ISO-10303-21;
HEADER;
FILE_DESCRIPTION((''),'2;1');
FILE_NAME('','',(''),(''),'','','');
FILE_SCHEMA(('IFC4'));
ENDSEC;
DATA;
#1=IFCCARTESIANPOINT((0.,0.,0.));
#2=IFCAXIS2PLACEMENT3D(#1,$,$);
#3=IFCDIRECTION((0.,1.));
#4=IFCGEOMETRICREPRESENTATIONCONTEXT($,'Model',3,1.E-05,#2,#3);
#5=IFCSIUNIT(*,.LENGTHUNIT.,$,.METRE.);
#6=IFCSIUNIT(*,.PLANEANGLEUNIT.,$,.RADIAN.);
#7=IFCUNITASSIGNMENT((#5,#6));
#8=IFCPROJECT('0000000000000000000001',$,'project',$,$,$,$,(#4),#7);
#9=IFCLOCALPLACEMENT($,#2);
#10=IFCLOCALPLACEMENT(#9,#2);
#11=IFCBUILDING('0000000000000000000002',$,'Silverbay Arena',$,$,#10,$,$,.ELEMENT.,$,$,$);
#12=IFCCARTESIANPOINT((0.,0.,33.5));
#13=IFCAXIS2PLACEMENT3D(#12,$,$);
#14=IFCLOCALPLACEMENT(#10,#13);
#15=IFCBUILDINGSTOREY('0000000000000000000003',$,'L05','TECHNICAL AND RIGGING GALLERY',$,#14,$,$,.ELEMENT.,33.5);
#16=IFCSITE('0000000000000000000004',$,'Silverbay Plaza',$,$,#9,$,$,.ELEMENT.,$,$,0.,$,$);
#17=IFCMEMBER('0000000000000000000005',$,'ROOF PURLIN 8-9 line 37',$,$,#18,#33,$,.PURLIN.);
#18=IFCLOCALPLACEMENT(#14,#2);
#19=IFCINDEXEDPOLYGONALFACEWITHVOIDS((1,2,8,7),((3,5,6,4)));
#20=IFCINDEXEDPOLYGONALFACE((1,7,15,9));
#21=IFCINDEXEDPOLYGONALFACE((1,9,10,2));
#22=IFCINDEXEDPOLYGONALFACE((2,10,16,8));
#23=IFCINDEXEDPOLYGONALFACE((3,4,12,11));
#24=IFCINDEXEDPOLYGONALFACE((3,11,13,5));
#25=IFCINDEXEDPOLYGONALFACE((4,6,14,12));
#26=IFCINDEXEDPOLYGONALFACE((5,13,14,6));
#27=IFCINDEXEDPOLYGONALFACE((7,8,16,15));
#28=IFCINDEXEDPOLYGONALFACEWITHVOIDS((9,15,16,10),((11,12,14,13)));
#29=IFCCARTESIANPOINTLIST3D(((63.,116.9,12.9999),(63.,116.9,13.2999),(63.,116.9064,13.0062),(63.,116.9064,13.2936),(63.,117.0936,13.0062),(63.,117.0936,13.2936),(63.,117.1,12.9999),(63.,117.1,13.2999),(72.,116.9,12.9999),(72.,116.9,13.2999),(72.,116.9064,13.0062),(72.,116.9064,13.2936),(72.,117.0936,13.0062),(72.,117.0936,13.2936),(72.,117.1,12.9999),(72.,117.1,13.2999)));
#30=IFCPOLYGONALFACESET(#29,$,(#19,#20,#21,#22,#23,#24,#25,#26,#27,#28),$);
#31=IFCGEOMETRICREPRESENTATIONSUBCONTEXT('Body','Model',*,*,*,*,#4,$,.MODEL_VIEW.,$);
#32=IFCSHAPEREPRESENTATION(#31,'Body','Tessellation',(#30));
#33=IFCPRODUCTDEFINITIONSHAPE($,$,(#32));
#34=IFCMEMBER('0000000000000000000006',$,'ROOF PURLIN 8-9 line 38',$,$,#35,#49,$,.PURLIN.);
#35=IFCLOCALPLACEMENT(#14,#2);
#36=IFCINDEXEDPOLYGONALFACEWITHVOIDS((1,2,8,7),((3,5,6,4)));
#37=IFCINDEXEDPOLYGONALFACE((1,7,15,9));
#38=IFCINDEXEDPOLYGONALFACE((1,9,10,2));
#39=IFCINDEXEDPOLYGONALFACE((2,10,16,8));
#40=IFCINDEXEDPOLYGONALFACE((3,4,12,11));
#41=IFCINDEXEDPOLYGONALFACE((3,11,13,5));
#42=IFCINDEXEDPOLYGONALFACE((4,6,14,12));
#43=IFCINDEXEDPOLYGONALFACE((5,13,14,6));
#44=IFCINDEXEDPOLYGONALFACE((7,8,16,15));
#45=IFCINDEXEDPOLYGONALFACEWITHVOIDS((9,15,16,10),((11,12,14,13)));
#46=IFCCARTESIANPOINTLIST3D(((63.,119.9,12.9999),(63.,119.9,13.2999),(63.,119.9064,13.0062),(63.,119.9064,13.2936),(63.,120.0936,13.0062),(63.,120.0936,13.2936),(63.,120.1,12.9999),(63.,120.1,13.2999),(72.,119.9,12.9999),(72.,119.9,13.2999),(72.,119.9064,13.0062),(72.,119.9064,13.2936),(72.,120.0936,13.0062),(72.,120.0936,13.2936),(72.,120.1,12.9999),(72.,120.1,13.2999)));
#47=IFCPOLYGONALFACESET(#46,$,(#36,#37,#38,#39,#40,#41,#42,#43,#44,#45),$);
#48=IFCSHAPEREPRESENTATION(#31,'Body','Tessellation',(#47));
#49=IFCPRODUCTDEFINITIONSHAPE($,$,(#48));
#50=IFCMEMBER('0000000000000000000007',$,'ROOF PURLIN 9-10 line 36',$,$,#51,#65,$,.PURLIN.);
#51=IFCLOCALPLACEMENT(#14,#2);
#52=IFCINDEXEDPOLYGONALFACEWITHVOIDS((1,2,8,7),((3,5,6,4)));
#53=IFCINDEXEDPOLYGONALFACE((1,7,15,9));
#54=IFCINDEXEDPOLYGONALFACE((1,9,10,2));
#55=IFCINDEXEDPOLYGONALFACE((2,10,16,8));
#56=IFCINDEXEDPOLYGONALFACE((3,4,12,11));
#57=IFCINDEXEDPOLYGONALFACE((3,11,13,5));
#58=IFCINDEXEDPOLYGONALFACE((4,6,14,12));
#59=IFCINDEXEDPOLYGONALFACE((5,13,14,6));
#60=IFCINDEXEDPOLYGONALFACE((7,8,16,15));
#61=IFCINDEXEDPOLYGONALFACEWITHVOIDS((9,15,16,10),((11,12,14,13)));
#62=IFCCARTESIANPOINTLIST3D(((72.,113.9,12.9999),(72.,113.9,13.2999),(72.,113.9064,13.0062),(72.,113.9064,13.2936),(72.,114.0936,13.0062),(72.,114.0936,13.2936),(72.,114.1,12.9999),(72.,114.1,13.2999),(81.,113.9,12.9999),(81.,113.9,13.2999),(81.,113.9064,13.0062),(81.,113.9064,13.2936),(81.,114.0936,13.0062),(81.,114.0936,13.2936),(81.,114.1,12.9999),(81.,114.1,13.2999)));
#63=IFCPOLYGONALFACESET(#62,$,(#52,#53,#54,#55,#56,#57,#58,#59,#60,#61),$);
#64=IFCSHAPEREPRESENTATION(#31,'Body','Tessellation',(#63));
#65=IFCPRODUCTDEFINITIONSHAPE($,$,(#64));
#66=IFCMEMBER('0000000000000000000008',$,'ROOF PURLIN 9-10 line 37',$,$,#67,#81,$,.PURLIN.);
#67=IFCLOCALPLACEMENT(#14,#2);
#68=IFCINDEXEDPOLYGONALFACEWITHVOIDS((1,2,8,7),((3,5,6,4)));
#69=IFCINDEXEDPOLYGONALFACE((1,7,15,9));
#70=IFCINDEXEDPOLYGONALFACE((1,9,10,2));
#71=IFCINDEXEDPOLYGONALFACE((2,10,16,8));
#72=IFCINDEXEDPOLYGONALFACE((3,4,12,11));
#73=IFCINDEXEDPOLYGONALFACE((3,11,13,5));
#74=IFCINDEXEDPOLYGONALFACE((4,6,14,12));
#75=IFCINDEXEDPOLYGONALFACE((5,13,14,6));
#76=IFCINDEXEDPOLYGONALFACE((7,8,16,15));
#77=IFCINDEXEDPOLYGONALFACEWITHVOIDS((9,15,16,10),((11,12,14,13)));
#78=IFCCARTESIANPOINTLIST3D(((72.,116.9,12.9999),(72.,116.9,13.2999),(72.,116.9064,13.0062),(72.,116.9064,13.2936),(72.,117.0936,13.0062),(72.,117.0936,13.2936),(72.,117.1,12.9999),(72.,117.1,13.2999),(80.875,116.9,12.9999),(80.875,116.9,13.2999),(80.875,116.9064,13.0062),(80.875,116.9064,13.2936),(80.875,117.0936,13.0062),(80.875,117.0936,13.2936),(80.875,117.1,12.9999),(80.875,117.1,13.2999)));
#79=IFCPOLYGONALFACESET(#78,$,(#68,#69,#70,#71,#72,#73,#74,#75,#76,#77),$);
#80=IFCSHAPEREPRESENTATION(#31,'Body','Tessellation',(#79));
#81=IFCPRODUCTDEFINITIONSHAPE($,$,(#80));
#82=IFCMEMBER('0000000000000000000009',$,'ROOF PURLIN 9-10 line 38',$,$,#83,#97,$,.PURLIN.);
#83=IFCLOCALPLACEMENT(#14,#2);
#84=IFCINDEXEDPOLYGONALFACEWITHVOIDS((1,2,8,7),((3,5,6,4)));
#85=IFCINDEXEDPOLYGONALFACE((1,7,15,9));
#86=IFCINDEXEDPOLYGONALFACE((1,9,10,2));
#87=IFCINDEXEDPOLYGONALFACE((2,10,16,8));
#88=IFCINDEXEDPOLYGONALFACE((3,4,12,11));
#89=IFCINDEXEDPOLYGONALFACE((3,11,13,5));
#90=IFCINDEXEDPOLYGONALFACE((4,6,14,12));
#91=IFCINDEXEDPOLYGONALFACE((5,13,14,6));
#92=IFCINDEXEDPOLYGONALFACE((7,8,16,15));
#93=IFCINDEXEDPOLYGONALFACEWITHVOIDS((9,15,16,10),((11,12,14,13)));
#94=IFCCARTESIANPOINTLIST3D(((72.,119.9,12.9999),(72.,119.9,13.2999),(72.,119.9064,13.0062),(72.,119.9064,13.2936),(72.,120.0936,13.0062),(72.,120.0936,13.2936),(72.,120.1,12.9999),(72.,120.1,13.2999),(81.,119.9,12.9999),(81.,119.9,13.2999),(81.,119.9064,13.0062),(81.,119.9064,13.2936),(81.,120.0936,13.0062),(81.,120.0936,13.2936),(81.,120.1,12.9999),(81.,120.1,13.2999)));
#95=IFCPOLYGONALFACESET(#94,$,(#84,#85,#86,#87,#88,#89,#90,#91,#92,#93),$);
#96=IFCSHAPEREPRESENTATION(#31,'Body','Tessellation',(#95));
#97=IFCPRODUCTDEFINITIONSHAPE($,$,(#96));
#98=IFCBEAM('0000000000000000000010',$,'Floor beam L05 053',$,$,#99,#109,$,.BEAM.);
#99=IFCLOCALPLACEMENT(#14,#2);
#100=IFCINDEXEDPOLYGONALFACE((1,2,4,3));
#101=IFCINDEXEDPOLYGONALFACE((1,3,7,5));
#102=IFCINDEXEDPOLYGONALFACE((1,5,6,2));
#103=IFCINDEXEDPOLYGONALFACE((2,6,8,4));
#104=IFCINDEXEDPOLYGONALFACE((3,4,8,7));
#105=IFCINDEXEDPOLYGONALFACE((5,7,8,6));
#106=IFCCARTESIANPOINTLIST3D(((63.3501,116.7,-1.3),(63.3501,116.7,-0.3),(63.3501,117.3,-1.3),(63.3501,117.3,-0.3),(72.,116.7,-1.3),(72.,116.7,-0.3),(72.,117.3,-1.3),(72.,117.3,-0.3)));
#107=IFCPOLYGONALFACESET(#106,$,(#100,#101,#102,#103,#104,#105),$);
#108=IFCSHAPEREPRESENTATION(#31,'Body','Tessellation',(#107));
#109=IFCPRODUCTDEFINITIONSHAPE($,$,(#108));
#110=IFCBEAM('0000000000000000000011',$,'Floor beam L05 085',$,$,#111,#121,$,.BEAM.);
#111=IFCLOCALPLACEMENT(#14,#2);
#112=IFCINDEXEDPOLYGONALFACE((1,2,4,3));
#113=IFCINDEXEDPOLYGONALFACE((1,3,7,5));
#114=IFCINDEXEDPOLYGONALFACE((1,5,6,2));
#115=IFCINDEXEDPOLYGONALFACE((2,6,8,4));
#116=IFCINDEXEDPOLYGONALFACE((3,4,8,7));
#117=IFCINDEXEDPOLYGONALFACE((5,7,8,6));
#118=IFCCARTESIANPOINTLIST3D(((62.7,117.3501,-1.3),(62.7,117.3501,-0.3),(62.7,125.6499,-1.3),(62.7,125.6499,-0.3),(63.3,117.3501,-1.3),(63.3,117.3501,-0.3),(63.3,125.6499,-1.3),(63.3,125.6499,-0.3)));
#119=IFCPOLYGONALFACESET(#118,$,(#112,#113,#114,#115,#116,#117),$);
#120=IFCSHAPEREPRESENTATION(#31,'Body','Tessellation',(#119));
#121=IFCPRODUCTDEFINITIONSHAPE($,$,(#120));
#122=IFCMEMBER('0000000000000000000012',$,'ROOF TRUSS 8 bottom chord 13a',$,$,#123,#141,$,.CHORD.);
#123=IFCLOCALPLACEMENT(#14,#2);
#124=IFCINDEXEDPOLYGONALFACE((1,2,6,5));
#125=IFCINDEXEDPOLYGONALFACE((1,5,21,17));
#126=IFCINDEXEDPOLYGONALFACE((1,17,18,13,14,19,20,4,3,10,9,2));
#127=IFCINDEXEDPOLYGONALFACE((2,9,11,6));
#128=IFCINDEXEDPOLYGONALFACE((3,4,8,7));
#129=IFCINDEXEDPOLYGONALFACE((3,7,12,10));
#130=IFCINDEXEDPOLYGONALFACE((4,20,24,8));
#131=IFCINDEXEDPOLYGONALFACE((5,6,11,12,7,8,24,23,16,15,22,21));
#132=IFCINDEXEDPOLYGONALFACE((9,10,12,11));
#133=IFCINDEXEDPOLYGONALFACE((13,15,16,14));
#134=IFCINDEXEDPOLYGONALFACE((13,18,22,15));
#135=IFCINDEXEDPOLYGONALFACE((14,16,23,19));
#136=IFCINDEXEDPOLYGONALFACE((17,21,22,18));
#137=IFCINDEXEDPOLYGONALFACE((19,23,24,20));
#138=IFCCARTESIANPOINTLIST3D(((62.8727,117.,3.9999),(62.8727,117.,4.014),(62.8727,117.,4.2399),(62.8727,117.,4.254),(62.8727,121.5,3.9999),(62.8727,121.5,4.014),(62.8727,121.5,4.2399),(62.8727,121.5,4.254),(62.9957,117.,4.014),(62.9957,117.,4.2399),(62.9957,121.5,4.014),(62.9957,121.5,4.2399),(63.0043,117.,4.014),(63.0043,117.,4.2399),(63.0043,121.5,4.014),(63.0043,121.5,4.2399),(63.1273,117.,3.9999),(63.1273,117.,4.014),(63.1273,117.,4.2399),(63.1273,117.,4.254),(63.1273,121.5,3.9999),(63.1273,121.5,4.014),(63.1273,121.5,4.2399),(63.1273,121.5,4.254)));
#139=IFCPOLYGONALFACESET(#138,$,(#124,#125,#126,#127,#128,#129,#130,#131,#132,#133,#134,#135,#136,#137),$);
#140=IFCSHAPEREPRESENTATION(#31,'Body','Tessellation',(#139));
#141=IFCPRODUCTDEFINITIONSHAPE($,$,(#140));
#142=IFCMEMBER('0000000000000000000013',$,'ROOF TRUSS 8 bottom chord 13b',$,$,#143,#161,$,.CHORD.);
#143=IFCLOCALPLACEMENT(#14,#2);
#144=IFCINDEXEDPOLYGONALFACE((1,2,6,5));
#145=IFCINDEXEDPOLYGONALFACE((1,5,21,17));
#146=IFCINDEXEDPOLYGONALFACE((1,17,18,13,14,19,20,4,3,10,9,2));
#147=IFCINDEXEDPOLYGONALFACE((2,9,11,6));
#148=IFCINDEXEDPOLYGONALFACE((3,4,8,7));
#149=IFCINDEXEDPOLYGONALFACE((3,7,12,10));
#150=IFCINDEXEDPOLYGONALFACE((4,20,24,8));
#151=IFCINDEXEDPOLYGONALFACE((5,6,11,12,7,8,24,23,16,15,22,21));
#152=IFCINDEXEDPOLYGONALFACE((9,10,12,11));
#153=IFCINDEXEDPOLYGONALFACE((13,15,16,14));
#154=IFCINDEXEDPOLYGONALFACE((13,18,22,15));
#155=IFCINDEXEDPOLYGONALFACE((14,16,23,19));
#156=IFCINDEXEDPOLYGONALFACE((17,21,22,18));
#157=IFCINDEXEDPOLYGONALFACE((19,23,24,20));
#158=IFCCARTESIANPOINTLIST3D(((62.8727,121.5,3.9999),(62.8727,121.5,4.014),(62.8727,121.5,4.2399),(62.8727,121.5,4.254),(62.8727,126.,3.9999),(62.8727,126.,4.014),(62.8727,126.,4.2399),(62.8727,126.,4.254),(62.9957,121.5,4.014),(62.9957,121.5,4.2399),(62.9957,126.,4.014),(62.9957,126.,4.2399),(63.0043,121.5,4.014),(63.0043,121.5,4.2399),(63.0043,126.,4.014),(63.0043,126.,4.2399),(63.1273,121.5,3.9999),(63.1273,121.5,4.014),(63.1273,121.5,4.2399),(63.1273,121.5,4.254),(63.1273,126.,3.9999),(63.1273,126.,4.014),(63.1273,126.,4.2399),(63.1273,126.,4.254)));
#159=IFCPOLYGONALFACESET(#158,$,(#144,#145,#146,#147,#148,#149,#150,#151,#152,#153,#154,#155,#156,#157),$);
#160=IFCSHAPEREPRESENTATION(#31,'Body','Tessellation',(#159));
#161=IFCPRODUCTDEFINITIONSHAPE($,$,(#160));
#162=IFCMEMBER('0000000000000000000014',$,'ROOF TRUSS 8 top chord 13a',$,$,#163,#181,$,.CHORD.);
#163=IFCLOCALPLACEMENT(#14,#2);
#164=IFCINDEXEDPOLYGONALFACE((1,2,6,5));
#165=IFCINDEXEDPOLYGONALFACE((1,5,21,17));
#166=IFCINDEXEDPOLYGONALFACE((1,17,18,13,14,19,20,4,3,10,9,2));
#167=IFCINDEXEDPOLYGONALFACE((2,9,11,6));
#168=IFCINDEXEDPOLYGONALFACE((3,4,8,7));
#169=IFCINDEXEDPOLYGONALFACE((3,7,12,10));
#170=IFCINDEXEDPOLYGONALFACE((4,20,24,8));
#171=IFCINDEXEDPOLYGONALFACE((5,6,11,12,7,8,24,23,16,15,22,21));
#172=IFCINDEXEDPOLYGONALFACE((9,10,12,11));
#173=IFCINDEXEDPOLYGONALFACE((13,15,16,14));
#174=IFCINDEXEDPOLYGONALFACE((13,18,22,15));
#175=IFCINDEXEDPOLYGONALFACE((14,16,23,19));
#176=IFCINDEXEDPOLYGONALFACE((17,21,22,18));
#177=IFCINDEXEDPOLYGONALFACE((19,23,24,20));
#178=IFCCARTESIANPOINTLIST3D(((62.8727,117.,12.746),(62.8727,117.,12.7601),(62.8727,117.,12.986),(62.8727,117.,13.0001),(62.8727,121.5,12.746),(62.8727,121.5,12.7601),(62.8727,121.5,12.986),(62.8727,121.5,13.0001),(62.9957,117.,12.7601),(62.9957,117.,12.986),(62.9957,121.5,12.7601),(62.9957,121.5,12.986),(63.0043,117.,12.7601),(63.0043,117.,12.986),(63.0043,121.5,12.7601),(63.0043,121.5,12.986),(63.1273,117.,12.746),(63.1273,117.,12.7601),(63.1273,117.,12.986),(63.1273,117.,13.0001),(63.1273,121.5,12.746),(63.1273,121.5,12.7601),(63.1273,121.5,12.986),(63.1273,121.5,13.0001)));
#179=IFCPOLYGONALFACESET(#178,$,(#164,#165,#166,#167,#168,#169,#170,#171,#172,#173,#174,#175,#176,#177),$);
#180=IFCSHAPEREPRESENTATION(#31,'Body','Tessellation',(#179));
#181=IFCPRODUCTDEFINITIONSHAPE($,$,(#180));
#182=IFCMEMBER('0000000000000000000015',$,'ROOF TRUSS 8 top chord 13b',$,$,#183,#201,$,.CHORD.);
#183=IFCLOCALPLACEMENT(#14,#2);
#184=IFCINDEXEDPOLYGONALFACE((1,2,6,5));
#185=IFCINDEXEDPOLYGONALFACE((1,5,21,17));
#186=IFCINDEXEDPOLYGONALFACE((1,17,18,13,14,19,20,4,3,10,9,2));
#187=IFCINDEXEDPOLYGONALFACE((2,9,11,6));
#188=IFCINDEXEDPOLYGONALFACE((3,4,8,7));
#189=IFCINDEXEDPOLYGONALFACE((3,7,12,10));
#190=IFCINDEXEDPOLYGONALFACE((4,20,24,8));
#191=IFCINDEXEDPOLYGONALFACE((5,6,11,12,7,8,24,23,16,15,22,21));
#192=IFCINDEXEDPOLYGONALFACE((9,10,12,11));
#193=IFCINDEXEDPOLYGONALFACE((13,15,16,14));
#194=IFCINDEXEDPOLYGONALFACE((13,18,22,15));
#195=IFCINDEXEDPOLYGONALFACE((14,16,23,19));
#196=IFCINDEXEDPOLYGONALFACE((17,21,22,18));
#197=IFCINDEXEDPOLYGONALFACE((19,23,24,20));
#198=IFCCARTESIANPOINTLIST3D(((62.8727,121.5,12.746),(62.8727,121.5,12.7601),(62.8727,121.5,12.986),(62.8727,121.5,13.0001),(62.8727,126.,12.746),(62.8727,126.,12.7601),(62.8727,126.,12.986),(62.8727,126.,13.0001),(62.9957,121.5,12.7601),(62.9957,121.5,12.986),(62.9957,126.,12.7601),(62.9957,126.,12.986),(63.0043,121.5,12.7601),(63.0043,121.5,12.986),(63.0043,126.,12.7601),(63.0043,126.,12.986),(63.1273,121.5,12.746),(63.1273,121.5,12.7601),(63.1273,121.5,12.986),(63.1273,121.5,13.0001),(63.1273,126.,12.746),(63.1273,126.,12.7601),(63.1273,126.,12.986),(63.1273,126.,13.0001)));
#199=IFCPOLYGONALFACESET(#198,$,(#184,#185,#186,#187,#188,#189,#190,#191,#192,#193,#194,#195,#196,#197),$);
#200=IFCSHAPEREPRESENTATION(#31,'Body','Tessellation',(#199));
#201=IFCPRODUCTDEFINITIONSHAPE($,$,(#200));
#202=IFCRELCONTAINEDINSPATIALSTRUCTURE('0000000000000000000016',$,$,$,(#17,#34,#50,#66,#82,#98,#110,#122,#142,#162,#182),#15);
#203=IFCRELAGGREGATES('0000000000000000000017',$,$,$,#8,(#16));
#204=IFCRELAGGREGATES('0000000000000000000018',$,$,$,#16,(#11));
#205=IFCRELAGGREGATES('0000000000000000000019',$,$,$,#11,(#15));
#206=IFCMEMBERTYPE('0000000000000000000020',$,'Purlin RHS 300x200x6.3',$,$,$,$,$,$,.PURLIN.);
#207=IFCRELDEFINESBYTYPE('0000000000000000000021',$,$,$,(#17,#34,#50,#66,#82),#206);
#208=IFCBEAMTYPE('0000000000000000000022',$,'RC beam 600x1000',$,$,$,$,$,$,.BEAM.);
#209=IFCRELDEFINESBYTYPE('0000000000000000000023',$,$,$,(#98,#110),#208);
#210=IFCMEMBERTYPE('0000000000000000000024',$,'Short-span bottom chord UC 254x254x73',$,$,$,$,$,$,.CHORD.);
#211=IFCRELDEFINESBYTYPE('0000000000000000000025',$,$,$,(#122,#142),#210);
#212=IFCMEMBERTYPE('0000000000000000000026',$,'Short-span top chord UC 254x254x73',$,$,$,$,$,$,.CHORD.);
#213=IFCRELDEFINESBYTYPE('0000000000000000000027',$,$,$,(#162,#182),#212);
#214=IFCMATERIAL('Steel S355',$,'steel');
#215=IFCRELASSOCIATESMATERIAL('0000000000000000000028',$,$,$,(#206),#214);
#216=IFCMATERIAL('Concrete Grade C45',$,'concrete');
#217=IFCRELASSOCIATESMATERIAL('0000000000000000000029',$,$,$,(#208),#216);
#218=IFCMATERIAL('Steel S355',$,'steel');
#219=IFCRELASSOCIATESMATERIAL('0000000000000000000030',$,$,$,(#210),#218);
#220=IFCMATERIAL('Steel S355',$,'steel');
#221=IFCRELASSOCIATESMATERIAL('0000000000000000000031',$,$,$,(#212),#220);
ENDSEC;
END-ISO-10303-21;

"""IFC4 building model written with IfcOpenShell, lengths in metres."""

from ifc_helpers import new_model, si_unit, direction, frame, origin, origin_2d, place, context, subcontext, project, spatial, rectangle, hollow_rectangle, i_section, extrude, material, material_profile, profile_set, type_object, element, save


model = new_model("IFC4")

# Units and contexts
model_context = context("Model", 3, precision=1e-05, world=origin(), true_north=direction((0.0, 1.0)))
body_context = subcontext(model_context, "Body", "Model", "MODEL_VIEW")
ifc_project = project(units=[si_unit("LENGTHUNIT", "METRE"), si_unit("PLANEANGLEUNIT", "RADIAN")], contexts=[model_context])

# Site, building, storey
site_placement = place(None, origin())
site = spatial("IfcSite", under=ifc_project, at=site_placement, Name="Silverbay Plaza", CompositionType="ELEMENT", RefElevation=0.0)
building_placement = place(site_placement, origin())
building = spatial("IfcBuilding", under=site, at=building_placement, Name="Silverbay Arena", CompositionType="ELEMENT")
storey_placement = place(building_placement, frame((0.0, 0.0, 33.5)))
storey = spatial("IfcBuildingStorey", under=building, at=storey_placement, Name="L05", Description="TECHNICAL AND RIGGING GALLERY", CompositionType="ELEMENT", Elevation=33.5)

# Members
ifc_material_1 = material(Name="Steel S355", Category="steel")
ifc_material_profile_1 = material_profile(ifc_material_1, hollow_rectangle(XDim=0.2, YDim=0.3, WallThickness=0.0063, at=origin_2d()), Name="RHS 300x200x6.3")
ifc_profile_set_1 = profile_set([ifc_material_profile_1], Name="Steel S355")
member_type_1 = type_object("IfcMemberType", Name="Purlin RHS 300x200x6.3", PredefinedType="PURLIN", material=ifc_profile_set_1)
for number, where, z_axis, x_axis, name in (
    (1, (63.0, 117.0, 13.1499), (1.0, 0.0, 0.0), (0.0, 1.0, 0.0), "ROOF PURLIN 8-9 line 37"),
    (2, (63.0, 120.0, 13.1499), (1.0, 0.0, 0.0), (0.0, 1.0, 0.0), "ROOF PURLIN 8-9 line 38"),
    (3, (72.0, 114.0, 13.1499), (1.0, 0.0, 0.0), (0.0, 1.0, 0.0), "ROOF PURLIN 9-10 line 36"),
):
    element("IfcMember", number, at=place(storey_placement, frame(where, z_axis=z_axis, x_axis=x_axis)), inside=storey, type_object=member_type_1, Name=name, PredefinedType="PURLIN", context=body_context, shape_type="SweptSolid", body=[
        extrude(hollow_rectangle(XDim=0.2, YDim=0.3, WallThickness=0.0063, at=origin_2d()), origin(), (0.0, 0.0, 1.0), 9.0),
    ])
member_1_placement = place(storey_placement, frame((72.0, 117.0, 13.1499), z_axis=(1.0, 0.0, 0.0), x_axis=(0.0, 1.0, 0.0)))
element("IfcMember", 4, at=member_1_placement, inside=storey, type_object=member_type_1, Name="ROOF PURLIN 9-10 line 37", PredefinedType="PURLIN", context=body_context, shape_type="SweptSolid", body=[
    extrude(hollow_rectangle(XDim=0.2, YDim=0.3, WallThickness=0.0063, at=origin_2d()), origin(), (0.0, 0.0, 1.0), 8.875),
])
member_2_placement = place(storey_placement, frame((72.0, 120.0, 13.1499), z_axis=(1.0, 0.0, 0.0), x_axis=(0.0, 1.0, 0.0)))
element("IfcMember", 5, at=member_2_placement, inside=storey, type_object=member_type_1, Name="ROOF PURLIN 9-10 line 38", PredefinedType="PURLIN", context=body_context, shape_type="SweptSolid", body=[
    extrude(hollow_rectangle(XDim=0.2, YDim=0.3, WallThickness=0.0063, at=origin_2d()), origin(), (0.0, 0.0, 1.0), 9.0),
])

# Beams
ifc_material_2 = material(Name="Concrete Grade C45", Category="concrete")
ifc_material_profile_2 = material_profile(ifc_material_2, rectangle(XDim=0.6001, YDim=1.0, at=origin_2d()), Name="RC 600x1000")
ifc_profile_set_2 = profile_set([ifc_material_profile_2], Name="Concrete Grade C45")
beam_type = type_object("IfcBeamType", Name="RC beam 600x1000", PredefinedType="BEAM", material=ifc_profile_set_2)
beam_1_placement = place(storey_placement, frame((63.3501, 117.0, -0.8), z_axis=(1.0, 0.0, 0.0), x_axis=(0.0, 1.0, 0.0)))
element("IfcBeam", 6, at=beam_1_placement, inside=storey, type_object=beam_type, Name="Floor beam L05 053", PredefinedType="BEAM", context=body_context, shape_type="SweptSolid", body=[
    extrude(rectangle(XDim=0.6001, YDim=1.0, at=origin_2d()), origin(), (0.0, 0.0, 1.0), 8.6499),
])
beam_2_placement = place(storey_placement, frame((63.0, 117.3501, -0.8), z_axis=(0.0, 1.0, 0.0), x_axis=(-1.0, 0.0, 0.0)))
element("IfcBeam", 7, at=beam_2_placement, inside=storey, type_object=beam_type, Name="Floor beam L05 085", PredefinedType="BEAM", context=body_context, shape_type="SweptSolid", body=[
    extrude(rectangle(XDim=0.6001, YDim=1.0, at=origin_2d()), origin(), (0.0, 0.0, 1.0), 8.2998),
])

# Members
ifc_material_3 = material(Name="Steel S355", Category="steel")
ifc_material_profile_3 = material_profile(ifc_material_3, i_section(OverallWidth=0.2546, OverallDepth=0.2542, WebThickness=0.0085, FlangeThickness=0.0142, at=origin_2d()), Name="UC 254x254x73")
ifc_profile_set_3 = profile_set([ifc_material_profile_3], Name="Steel S355")
member_type_2 = type_object("IfcMemberType", Name="Short-span bottom chord UC 254x254x73", PredefinedType="CHORD", material=ifc_profile_set_3)
for number, where, z_axis, x_axis, name in (
    (8, (63.0, 117.0, 4.127), (0.0, 1.0, 0.0), (-1.0, 0.0, 0.0), "ROOF TRUSS 8 bottom chord 13a"),
    (9, (63.0, 121.5, 4.127), (0.0, 1.0, 0.0), (-1.0, 0.0, 0.0), "ROOF TRUSS 8 bottom chord 13b"),
):
    element("IfcMember", number, at=place(storey_placement, frame(where, z_axis=z_axis, x_axis=x_axis)), inside=storey, type_object=member_type_2, Name=name, PredefinedType="CHORD", context=body_context, shape_type="SweptSolid", body=[
        extrude(i_section(OverallWidth=0.2546, OverallDepth=0.2542, WebThickness=0.0085, FlangeThickness=0.0142, at=origin_2d()), origin(), (0.0, 0.0, 1.0), 4.5),
    ])
ifc_material_4 = material(Name="Steel S355", Category="steel")
ifc_material_profile_4 = material_profile(ifc_material_4, i_section(OverallWidth=0.2546, OverallDepth=0.2542, WebThickness=0.0085, FlangeThickness=0.0142, at=origin_2d()), Name="UC 254x254x73")
ifc_profile_set_4 = profile_set([ifc_material_profile_4], Name="Steel S355")
member_type_3 = type_object("IfcMemberType", Name="Short-span top chord UC 254x254x73", PredefinedType="CHORD", material=ifc_profile_set_4)
for number, where, z_axis, x_axis, name in (
    (10, (63.0, 117.0, 12.873), (0.0, 1.0, 0.0), (-1.0, 0.0, 0.0), "ROOF TRUSS 8 top chord 13a"),
    (11, (63.0, 121.5, 12.873), (0.0, 1.0, 0.0), (-1.0, 0.0, 0.0), "ROOF TRUSS 8 top chord 13b"),
):
    element("IfcMember", number, at=place(storey_placement, frame(where, z_axis=z_axis, x_axis=x_axis)), inside=storey, type_object=member_type_3, Name=name, PredefinedType="CHORD", context=body_context, shape_type="SweptSolid", body=[
        extrude(i_section(OverallWidth=0.2546, OverallDepth=0.2542, WebThickness=0.0085, FlangeThickness=0.0142, at=origin_2d()), origin(), (0.0, 0.0, 1.0), 4.5),
    ])

save(model, "model.ifc")
